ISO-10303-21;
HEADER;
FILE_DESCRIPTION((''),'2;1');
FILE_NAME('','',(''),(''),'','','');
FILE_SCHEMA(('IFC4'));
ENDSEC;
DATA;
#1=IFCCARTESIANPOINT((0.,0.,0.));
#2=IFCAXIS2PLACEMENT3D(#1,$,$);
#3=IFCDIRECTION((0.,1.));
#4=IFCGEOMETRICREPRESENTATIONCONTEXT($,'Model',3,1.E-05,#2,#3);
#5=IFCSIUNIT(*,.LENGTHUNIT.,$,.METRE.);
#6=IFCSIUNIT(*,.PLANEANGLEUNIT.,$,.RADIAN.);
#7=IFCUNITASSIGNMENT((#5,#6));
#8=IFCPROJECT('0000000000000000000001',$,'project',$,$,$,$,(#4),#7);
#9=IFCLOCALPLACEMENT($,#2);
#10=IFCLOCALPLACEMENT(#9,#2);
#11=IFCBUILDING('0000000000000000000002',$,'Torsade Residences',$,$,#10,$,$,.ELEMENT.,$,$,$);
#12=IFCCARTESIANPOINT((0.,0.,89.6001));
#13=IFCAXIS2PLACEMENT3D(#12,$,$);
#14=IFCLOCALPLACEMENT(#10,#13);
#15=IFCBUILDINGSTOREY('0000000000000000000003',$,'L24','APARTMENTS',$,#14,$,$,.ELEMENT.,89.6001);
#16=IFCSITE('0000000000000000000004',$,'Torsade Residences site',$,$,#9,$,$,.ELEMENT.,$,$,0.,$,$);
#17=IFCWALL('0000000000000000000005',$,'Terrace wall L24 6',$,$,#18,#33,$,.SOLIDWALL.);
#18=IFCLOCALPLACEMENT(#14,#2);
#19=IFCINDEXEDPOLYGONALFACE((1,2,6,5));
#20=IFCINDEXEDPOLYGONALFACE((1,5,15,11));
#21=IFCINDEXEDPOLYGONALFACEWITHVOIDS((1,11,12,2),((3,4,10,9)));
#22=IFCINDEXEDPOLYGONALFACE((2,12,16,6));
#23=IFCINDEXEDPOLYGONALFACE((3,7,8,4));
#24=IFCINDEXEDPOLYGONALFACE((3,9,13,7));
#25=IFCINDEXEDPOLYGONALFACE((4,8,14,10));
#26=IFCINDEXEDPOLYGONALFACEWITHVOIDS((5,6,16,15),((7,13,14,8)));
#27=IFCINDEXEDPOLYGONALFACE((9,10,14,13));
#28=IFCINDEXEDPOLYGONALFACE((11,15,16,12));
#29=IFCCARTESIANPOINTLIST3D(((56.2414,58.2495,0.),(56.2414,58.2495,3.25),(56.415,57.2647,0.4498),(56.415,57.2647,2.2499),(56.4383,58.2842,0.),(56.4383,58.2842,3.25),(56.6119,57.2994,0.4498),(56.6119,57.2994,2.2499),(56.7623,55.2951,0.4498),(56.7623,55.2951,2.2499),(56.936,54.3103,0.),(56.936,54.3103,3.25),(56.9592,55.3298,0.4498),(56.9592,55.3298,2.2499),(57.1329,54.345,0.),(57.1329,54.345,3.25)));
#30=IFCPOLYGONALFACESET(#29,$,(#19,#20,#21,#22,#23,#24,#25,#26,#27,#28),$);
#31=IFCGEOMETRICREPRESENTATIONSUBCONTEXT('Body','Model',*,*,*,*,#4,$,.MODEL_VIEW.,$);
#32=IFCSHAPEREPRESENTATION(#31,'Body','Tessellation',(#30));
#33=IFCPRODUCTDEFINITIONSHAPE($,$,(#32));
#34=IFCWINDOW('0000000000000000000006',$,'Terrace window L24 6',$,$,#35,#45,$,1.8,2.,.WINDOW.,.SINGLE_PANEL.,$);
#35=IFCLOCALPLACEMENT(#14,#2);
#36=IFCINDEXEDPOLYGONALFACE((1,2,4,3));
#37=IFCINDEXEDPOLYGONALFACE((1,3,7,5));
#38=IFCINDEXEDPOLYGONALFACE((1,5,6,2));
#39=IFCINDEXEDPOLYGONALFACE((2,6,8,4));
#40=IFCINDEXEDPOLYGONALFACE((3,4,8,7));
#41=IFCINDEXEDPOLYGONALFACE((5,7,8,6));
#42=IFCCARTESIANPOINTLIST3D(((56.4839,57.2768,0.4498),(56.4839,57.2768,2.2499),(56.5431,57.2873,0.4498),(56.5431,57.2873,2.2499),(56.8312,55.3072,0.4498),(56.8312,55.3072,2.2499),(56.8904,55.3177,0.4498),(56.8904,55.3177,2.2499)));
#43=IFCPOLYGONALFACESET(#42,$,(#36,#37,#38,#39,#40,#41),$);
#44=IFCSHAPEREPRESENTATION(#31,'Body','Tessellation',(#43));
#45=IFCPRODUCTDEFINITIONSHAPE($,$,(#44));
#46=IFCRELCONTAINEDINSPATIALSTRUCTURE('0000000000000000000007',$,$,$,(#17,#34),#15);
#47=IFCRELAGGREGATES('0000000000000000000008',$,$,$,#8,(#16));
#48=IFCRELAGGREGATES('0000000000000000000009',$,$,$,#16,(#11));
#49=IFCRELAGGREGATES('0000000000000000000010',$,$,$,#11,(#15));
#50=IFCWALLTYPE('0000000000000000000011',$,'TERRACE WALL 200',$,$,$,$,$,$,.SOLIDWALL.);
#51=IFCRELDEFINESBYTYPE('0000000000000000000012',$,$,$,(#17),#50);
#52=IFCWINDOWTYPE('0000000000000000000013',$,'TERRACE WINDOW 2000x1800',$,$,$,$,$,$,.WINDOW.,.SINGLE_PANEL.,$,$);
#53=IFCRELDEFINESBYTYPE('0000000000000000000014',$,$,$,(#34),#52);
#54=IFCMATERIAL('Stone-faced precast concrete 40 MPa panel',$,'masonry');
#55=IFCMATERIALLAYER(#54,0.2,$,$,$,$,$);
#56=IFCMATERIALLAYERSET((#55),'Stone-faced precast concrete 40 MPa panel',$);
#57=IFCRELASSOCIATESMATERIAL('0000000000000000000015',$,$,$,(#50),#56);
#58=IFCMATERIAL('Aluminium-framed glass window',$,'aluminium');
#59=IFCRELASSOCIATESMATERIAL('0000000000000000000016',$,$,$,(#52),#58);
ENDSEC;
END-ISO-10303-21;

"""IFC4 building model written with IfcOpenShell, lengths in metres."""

from ifc_helpers import new_model, si_unit, direction, frame, frame_2d, origin, place, context, subcontext, project, spatial, rectangle, extrude, material, layer, layer_set, type_object, element, fill, save


model = new_model("IFC4")

# Units and contexts
model_context = context("Model", 3, precision=1e-05, world=origin(), true_north=direction((0.0, 1.0)))
body_context = subcontext(model_context, "Body", "Model", "MODEL_VIEW")
ifc_project = project(units=[si_unit("LENGTHUNIT", "METRE"), si_unit("PLANEANGLEUNIT", "RADIAN")], contexts=[model_context])

# Site, building, storey
site_placement = place(None, origin())
site = spatial("IfcSite", under=ifc_project, at=site_placement, Name="Torsade Residences site", CompositionType="ELEMENT", RefElevation=0.0)
building_placement = place(site_placement, origin())
building = spatial("IfcBuilding", under=site, at=building_placement, Name="Torsade Residences", CompositionType="ELEMENT")
storey_placement = place(building_placement, frame((0.0, 0.0, 89.6001)))
storey = spatial("IfcBuildingStorey", under=building, at=storey_placement, Name="L24", Description="APARTMENTS", CompositionType="ELEMENT", Elevation=89.6001)

# Shared definitions
ifc_material_1 = material(Name="Stone-faced precast concrete 40 MPa panel", Category="masonry")
ifc_layer_1 = layer(ifc_material_1, 0.2)
ifc_layer_set_1 = layer_set([ifc_layer_1], Name="Stone-faced precast concrete 40 MPa panel")
wall_type = type_object("IfcWallType", Name="TERRACE WALL 200", PredefinedType="SOLIDWALL", material=ifc_layer_set_1)

# Wall, opening, window
wall_1_placement = place(storey_placement, frame((57.0344, 54.3276, 0.0), z_axis=(0.0, 0.0, 1.0), x_axis=(-0.173646, 0.984808, 0.0)))
wall_1 = element("IfcWall", 1, at=wall_1_placement, inside=storey, type_object=wall_type, Name="Terrace wall L24 6", PredefinedType="SOLIDWALL", context=body_context, shape_type="SweptSolid", body=[
    extrude(rectangle(XDim=4.0, YDim=0.2, at=frame_2d((2.0, 0.0))), origin(), (0.0, 0.0, 1.0), 3.25),
])
opening_1_placement = place(wall_1_placement, frame((1.0, 0.0, 0.45)))
opening_1 = element("IfcOpeningElement", 2, at=opening_1_placement, cuts=wall_1, PredefinedType="OPENING", context=body_context, shape_type="SweptSolid", body=[
    extrude(rectangle(XDim=2.0, YDim=1.8, at=frame_2d((1.0, 0.8999))), frame((0.0, 0.1099, 0.0), z_axis=(0.0, -1.0, 0.0), x_axis=(1.0, 0.0, 0.0)), (0.0, 0.0, 1.0), 0.22),
])
ifc_material_2 = material(Name="Aluminium-framed glass window", Category="aluminium")
window_type = type_object("IfcWindowType", Name="TERRACE WINDOW 2000x1800", PartitioningType="SINGLE_PANEL", PredefinedType="WINDOW", material=ifc_material_2)
window_placement = place(opening_1_placement, origin())
window = element("IfcWindow", 3, at=window_placement, inside=storey, type_object=window_type, Name="Terrace window L24 6", OverallHeight=1.8, OverallWidth=2.0, PartitioningType="SINGLE_PANEL", PredefinedType="WINDOW", context=body_context, shape_type="SweptSolid", body=[
    extrude(rectangle(XDim=2.0, YDim=1.8, at=frame_2d((1.0, 0.8999))), frame((0.0, 0.03, 0.0), z_axis=(0.0, -1.0, 0.0), x_axis=(1.0, 0.0, 0.0)), (0.0, 0.0, 1.0), 0.0601),
])
fill(opening_1, window)

save(model, "model.ifc")
